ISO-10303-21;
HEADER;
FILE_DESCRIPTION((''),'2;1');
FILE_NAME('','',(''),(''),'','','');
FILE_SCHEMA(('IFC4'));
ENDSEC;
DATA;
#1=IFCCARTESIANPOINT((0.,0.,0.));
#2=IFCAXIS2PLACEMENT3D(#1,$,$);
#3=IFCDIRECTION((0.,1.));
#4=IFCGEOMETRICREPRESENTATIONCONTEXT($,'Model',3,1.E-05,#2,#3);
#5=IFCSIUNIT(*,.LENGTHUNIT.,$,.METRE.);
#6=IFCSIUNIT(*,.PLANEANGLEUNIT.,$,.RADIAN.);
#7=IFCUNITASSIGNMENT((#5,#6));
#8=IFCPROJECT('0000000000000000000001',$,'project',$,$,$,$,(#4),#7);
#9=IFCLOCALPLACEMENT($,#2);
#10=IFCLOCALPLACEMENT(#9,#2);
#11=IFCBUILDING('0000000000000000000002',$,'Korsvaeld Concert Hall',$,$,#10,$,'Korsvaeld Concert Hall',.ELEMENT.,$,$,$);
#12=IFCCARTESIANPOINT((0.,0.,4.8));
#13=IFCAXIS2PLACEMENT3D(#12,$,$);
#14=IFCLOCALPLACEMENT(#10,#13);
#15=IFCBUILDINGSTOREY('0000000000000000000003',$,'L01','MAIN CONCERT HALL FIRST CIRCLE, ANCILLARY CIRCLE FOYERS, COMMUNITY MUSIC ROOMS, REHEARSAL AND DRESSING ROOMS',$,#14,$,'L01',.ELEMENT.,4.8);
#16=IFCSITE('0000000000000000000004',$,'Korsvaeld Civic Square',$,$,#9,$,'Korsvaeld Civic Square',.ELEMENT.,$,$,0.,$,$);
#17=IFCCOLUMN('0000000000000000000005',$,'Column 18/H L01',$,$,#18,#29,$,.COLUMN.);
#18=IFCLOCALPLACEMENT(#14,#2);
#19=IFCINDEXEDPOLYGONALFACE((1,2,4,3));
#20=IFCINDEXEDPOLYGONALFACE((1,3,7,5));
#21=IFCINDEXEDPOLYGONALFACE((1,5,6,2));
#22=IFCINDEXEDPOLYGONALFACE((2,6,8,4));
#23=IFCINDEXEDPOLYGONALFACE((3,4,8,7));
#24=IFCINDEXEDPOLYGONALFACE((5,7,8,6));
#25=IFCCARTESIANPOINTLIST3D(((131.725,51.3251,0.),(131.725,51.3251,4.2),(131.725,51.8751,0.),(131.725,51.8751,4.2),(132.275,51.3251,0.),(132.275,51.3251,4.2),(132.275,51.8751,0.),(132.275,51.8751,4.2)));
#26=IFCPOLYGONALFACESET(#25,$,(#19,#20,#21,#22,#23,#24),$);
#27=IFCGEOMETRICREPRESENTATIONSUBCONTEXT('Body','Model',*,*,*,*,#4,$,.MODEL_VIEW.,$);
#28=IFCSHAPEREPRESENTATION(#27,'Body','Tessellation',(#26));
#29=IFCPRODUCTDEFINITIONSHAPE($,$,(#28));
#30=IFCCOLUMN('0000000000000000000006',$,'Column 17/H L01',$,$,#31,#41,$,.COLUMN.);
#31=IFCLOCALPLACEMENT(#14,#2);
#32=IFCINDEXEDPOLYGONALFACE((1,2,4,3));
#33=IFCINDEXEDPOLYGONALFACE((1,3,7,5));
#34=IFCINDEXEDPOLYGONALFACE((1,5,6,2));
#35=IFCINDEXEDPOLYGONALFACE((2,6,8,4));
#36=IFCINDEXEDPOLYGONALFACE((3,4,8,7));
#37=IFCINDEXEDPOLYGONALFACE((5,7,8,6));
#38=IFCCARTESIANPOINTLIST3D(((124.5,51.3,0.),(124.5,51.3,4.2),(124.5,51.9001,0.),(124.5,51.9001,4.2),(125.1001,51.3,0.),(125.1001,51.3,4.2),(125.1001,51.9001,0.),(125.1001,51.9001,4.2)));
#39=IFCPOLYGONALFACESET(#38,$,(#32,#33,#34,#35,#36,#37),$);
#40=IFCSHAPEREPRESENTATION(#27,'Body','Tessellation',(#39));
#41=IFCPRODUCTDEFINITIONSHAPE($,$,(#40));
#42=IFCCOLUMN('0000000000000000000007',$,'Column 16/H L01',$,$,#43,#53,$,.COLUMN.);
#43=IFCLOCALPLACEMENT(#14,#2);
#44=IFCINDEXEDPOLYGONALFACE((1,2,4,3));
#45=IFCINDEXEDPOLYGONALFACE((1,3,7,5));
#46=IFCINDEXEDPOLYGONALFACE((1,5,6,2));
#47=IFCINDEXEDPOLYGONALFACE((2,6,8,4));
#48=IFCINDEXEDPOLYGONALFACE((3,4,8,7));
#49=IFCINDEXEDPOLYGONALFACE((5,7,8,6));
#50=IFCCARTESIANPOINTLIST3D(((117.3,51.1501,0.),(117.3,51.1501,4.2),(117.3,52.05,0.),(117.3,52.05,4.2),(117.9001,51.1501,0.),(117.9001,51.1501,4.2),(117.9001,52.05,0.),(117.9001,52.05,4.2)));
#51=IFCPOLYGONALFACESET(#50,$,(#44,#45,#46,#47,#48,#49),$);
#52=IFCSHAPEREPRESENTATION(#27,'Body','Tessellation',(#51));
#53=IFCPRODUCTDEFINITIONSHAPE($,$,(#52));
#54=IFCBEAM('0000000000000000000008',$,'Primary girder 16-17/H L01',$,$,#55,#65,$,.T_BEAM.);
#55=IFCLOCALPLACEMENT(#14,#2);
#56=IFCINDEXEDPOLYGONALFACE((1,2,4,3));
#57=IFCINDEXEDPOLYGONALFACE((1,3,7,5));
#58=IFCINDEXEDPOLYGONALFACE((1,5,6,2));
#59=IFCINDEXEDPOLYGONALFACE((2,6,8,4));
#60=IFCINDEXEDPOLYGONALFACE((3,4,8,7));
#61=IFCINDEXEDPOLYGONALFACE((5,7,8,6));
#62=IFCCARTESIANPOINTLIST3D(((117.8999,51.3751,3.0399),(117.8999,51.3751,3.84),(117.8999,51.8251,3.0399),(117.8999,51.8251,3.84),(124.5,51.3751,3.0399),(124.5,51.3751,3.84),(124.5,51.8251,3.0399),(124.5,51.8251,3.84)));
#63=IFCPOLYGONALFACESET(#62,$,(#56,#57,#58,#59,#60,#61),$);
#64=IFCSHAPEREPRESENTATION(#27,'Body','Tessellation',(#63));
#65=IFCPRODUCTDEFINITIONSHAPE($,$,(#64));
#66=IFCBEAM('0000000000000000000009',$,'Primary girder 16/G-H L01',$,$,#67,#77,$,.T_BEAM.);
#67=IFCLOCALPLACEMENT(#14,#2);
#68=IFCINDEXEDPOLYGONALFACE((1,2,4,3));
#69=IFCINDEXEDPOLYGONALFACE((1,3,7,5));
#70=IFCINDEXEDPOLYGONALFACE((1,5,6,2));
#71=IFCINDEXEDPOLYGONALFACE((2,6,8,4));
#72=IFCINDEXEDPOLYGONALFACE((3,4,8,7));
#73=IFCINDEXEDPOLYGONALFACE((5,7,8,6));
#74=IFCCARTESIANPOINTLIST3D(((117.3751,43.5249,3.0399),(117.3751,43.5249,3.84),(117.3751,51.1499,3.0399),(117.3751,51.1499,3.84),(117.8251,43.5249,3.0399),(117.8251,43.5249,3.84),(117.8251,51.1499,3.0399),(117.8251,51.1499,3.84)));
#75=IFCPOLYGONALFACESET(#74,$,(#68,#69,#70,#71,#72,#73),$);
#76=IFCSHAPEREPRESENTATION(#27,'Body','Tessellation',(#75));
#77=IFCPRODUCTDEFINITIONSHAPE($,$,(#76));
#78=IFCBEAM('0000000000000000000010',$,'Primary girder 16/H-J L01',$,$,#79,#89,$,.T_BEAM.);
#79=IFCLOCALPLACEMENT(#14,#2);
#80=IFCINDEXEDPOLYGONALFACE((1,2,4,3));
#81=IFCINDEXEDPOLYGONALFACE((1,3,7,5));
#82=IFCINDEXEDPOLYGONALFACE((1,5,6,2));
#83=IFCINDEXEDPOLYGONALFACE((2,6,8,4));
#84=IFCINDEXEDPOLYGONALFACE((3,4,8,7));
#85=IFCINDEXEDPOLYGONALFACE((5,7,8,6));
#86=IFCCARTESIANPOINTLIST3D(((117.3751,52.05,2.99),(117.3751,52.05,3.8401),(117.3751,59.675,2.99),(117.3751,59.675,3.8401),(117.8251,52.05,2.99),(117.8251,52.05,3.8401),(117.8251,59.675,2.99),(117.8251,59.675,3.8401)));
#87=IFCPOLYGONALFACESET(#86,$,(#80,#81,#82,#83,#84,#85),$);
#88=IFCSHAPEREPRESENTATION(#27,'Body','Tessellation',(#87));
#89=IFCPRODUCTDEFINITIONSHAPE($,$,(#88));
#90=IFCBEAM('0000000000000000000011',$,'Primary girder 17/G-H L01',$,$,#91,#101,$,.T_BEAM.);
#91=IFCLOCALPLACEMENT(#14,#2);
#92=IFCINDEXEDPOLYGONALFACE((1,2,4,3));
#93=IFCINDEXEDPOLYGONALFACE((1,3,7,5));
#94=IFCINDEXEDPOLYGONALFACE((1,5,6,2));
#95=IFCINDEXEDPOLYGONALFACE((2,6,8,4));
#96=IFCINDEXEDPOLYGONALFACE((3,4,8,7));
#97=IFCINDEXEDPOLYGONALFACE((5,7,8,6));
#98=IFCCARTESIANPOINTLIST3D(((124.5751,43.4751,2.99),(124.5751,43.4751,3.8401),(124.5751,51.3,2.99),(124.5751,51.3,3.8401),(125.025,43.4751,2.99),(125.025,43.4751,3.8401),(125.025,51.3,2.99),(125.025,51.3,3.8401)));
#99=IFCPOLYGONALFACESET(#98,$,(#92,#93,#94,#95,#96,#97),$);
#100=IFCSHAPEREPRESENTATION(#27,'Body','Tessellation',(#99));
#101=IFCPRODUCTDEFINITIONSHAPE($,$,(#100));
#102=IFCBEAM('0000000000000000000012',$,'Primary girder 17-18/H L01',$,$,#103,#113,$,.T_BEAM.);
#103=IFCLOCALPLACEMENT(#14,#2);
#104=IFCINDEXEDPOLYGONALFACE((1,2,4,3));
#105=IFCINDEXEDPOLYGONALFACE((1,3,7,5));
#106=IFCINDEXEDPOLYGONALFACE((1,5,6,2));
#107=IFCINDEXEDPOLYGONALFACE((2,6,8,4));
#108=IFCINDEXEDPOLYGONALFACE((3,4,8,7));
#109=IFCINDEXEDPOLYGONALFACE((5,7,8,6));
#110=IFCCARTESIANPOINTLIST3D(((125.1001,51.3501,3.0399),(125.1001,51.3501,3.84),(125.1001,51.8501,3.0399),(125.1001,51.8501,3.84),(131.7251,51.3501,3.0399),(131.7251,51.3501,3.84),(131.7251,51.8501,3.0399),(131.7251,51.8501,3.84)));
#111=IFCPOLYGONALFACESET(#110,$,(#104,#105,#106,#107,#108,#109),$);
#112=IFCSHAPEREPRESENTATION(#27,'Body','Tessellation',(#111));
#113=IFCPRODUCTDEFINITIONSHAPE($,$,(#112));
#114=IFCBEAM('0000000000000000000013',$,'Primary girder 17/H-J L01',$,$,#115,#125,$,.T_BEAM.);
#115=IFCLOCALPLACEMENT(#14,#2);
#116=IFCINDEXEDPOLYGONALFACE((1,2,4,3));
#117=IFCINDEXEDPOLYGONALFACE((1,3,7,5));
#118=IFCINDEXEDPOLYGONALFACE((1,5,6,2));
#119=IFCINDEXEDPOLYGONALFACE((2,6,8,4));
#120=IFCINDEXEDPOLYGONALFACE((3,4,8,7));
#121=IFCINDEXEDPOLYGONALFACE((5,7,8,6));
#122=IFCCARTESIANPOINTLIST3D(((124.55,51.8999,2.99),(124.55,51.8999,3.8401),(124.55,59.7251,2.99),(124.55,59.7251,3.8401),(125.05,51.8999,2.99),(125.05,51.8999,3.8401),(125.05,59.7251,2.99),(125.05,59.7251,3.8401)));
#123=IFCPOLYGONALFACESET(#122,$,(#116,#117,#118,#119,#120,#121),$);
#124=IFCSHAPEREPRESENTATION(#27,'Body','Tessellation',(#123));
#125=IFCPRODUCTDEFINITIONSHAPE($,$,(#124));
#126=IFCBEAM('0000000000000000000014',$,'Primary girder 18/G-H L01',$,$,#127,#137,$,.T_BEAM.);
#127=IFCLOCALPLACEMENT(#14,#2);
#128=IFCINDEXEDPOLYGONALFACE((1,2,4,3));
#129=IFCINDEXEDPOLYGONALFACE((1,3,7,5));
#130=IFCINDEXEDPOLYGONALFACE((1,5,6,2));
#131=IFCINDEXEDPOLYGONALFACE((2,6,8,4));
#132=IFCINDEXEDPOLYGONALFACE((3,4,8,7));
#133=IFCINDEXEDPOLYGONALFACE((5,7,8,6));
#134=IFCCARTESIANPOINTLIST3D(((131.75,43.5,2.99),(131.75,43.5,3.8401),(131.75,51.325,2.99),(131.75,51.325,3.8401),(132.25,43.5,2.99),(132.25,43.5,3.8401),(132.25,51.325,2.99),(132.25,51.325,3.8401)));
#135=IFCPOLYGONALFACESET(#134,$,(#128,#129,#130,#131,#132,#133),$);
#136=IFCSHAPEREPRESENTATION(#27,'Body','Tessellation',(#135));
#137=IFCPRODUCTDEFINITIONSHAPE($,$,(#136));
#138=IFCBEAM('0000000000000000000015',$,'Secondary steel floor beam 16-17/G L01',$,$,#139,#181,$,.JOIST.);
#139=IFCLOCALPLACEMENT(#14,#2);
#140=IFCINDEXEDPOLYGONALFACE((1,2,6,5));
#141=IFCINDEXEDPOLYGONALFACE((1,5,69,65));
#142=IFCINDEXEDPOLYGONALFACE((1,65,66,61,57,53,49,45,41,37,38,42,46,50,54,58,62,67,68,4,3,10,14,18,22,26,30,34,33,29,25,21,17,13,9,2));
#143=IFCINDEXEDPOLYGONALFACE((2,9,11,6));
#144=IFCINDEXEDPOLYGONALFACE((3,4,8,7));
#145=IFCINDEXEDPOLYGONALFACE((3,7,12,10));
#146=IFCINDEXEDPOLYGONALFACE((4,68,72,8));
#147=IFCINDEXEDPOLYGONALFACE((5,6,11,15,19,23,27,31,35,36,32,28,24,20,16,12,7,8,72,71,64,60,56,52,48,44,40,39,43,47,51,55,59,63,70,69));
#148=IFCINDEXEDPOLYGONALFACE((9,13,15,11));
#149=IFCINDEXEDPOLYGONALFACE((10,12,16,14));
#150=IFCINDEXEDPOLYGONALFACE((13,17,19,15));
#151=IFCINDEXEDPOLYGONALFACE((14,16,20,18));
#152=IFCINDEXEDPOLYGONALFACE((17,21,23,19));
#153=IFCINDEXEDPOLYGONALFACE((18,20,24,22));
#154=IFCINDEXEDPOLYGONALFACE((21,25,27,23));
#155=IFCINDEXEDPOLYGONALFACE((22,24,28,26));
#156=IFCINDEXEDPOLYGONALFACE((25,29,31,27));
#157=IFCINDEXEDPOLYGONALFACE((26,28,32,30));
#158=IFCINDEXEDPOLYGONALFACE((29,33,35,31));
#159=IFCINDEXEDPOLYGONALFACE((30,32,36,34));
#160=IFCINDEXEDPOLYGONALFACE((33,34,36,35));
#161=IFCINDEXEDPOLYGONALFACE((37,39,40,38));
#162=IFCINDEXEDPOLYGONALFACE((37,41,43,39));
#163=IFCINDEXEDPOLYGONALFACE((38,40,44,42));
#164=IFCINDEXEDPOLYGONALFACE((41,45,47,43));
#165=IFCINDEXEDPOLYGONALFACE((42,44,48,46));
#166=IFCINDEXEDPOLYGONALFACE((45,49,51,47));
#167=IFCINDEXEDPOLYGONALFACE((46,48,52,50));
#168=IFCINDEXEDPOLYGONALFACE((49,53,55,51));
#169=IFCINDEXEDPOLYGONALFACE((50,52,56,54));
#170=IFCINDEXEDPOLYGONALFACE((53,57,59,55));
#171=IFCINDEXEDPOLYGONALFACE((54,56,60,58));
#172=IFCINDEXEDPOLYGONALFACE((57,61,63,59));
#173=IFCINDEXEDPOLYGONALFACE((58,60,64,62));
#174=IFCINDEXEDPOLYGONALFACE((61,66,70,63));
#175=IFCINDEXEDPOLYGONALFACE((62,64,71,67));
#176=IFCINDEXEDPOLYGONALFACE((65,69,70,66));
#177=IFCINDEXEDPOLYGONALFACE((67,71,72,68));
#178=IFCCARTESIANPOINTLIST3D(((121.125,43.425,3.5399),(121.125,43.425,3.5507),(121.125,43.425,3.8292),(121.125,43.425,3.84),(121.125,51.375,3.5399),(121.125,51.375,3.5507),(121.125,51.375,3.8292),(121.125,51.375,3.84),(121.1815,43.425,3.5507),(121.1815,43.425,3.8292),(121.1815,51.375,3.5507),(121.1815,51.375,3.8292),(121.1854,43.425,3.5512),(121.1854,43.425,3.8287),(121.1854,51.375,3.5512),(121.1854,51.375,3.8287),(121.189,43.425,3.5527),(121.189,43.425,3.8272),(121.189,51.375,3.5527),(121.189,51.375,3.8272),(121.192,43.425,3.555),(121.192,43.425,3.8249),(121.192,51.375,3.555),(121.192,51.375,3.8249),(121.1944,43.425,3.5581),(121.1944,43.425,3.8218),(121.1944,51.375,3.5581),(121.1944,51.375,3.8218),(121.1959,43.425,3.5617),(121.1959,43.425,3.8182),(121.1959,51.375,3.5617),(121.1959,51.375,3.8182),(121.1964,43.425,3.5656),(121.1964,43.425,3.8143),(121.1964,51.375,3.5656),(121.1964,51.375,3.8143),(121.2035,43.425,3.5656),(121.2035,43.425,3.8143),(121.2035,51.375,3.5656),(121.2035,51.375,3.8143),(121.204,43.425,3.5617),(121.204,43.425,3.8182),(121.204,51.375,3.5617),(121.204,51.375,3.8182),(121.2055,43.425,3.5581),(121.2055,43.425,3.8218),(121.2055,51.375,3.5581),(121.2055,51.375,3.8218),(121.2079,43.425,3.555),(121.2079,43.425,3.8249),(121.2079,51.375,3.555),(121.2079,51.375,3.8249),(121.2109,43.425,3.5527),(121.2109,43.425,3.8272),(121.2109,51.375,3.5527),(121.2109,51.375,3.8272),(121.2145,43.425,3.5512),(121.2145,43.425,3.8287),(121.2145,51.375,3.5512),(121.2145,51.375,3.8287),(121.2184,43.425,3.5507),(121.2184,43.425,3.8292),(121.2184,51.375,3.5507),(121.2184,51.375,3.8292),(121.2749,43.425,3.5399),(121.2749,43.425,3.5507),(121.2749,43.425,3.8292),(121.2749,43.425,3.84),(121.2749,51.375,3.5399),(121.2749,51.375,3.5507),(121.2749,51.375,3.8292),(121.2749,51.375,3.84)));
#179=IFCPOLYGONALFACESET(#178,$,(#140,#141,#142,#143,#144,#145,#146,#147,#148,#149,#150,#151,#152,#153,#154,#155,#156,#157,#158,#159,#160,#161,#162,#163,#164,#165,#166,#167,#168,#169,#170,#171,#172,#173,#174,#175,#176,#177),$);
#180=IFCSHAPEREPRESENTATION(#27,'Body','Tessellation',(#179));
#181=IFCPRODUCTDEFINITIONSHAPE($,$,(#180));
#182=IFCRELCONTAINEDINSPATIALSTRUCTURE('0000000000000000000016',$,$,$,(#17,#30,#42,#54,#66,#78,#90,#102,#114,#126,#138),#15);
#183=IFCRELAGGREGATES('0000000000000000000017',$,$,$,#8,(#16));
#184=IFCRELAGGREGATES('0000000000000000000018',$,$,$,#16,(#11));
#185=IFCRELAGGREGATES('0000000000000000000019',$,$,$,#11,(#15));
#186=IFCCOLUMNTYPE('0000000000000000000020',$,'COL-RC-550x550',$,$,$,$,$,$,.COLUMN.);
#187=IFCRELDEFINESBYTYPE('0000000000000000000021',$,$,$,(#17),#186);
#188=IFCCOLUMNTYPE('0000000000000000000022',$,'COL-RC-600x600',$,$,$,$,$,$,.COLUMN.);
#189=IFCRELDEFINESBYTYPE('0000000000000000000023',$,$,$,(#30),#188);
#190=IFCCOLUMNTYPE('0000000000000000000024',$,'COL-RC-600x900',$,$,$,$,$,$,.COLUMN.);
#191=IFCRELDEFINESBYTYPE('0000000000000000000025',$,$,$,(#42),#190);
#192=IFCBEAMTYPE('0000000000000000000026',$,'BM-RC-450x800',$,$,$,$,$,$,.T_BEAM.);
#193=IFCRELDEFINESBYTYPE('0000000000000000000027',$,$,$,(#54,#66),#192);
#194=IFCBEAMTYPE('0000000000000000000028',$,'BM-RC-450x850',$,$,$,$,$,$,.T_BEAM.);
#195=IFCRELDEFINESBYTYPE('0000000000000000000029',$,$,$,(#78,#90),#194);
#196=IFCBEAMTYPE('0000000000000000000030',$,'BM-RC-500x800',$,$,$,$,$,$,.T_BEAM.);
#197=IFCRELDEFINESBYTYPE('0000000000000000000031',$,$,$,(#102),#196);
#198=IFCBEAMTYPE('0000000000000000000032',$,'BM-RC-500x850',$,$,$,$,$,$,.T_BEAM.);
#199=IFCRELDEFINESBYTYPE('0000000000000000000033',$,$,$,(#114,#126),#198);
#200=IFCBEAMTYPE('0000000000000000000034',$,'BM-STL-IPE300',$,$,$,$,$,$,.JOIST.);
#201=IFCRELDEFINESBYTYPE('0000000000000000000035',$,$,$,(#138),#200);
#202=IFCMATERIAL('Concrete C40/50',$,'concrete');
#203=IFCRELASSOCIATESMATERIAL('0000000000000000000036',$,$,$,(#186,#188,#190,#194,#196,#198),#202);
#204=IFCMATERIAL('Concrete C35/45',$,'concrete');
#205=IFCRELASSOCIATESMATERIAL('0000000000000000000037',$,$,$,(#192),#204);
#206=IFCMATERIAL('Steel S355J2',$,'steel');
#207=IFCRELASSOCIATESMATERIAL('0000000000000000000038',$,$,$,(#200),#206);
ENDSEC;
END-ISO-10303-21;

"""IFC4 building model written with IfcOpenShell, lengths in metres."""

from ifc_helpers import new_model, si_unit, direction, frame, origin, origin_2d, place, context, subcontext, project, spatial, rectangle, i_section, extrude, material, material_profile, profile_set, type_object, element, save


model = new_model("IFC4")

# Units and contexts
model_context = context("Model", 3, precision=1e-05, world=origin(), true_north=direction((0.0, 1.0)))
body_context = subcontext(model_context, "Body", "Model", "MODEL_VIEW")
ifc_project = project(units=[si_unit("LENGTHUNIT", "METRE"), si_unit("PLANEANGLEUNIT", "RADIAN")], contexts=[model_context])

# Site, building, storey
site_placement = place(None, origin())
site = spatial("IfcSite", under=ifc_project, at=site_placement, Name="Korsvaeld Civic Square", LongName="Korsvaeld Civic Square", CompositionType="ELEMENT", RefElevation=0.0)
building_placement = place(site_placement, origin())
building = spatial("IfcBuilding", under=site, at=building_placement, Name="Korsvaeld Concert Hall", LongName="Korsvaeld Concert Hall", CompositionType="ELEMENT")
storey_placement = place(building_placement, frame((0.0, 0.0, 4.8)))
storey = spatial("IfcBuildingStorey", under=building, at=storey_placement, Name="L01", Description="MAIN CONCERT HALL FIRST CIRCLE, ANCILLARY CIRCLE FOYERS, COMMUNITY MUSIC ROOMS, REHEARSAL AND DRESSING ROOMS", LongName="L01", CompositionType="ELEMENT", Elevation=4.8)

# Columns
ifc_material_1 = material(Name="Concrete C40/50", Category="concrete")
ifc_material_profile_1 = material_profile(ifc_material_1, rectangle(XDim=0.55, YDim=0.55, at=origin_2d()), Name="RC 550x550")
ifc_profile_set_1 = profile_set([ifc_material_profile_1], Name="Concrete C40/50")
column_type_1 = type_object("IfcColumnType", Name="COL-RC-550x550", PredefinedType="COLUMN", material=ifc_profile_set_1)
column_1_placement = place(storey_placement, frame((132.0, 51.6001, 0.0), z_axis=(0.0, 0.0, 1.0), x_axis=(1.0, 0.0, 0.0)))
element("IfcColumn", 1, at=column_1_placement, inside=storey, type_object=column_type_1, Name="Column 18/H L01", PredefinedType="COLUMN", context=body_context, shape_type="SweptSolid", body=[
    extrude(rectangle(XDim=0.55, YDim=0.55, at=origin_2d()), origin(), (0.0, 0.0, 1.0), 4.2),
])
ifc_material_profile_2 = material_profile(ifc_material_1, rectangle(XDim=0.6001, YDim=0.6001, at=origin_2d()), Name="RC 600x600")
ifc_profile_set_2 = profile_set([ifc_material_profile_2], Name="Concrete C40/50")
column_type_2 = type_object("IfcColumnType", Name="COL-RC-600x600", PredefinedType="COLUMN", material=ifc_profile_set_2)
column_2_placement = place(storey_placement, frame((124.8, 51.6001, 0.0), z_axis=(0.0, 0.0, 1.0), x_axis=(1.0, 0.0, 0.0)))
element("IfcColumn", 2, at=column_2_placement, inside=storey, type_object=column_type_2, Name="Column 17/H L01", PredefinedType="COLUMN", context=body_context, shape_type="SweptSolid", body=[
    extrude(rectangle(XDim=0.6001, YDim=0.6001, at=origin_2d()), origin(), (0.0, 0.0, 1.0), 4.2),
])
ifc_material_profile_3 = material_profile(ifc_material_1, rectangle(XDim=0.6001, YDim=0.8999, at=origin_2d()), Name="RC 600x900")
ifc_profile_set_3 = profile_set([ifc_material_profile_3], Name="Concrete C40/50")
column_type_3 = type_object("IfcColumnType", Name="COL-RC-600x900", PredefinedType="COLUMN", material=ifc_profile_set_3)
column_3_placement = place(storey_placement, frame((117.6001, 51.6001, 0.0), z_axis=(0.0, 0.0, 1.0), x_axis=(1.0, 0.0, 0.0)))
element("IfcColumn", 3, at=column_3_placement, inside=storey, type_object=column_type_3, Name="Column 16/H L01", PredefinedType="COLUMN", context=body_context, shape_type="SweptSolid", body=[
    extrude(rectangle(XDim=0.6001, YDim=0.8999, at=origin_2d()), origin(), (0.0, 0.0, 1.0), 4.2),
])

# Beams
ifc_material_2 = material(Name="Concrete C35/45", Category="concrete")
ifc_material_profile_4 = material_profile(ifc_material_2, rectangle(XDim=0.45, YDim=0.8, at=origin_2d()), Name="RC 450x800")
ifc_profile_set_4 = profile_set([ifc_material_profile_4], Name="Concrete C35/45")
beam_type_1 = type_object("IfcBeamType", Name="BM-RC-450x800", PredefinedType="T_BEAM", material=ifc_profile_set_4)
beam_1_placement = place(storey_placement, frame((117.8999, 51.6001, 3.4399), z_axis=(1.0, 0.0, 0.0), x_axis=(0.0, 1.0, 0.0)))
element("IfcBeam", 4, at=beam_1_placement, inside=storey, type_object=beam_type_1, Name="Primary girder 16-17/H L01", PredefinedType="T_BEAM", context=body_context, shape_type="SweptSolid", body=[
    extrude(rectangle(XDim=0.45, YDim=0.8, at=origin_2d()), origin(), (0.0, 0.0, 1.0), 6.6001),
])
beam_2_placement = place(storey_placement, frame((117.6001, 43.5249, 3.4399), z_axis=(0.0, 1.0, 0.0), x_axis=(-1.0, 0.0, 0.0)))
element("IfcBeam", 5, at=beam_2_placement, inside=storey, type_object=beam_type_1, Name="Primary girder 16/G-H L01", PredefinedType="T_BEAM", context=body_context, shape_type="SweptSolid", body=[
    extrude(rectangle(XDim=0.45, YDim=0.8, at=origin_2d()), origin(), (0.0, 0.0, 1.0), 7.625),
])
ifc_material_profile_5 = material_profile(ifc_material_1, rectangle(XDim=0.45, YDim=0.8501, at=origin_2d()), Name="RC 450x850")
ifc_profile_set_5 = profile_set([ifc_material_profile_5], Name="Concrete C40/50")
beam_type_2 = type_object("IfcBeamType", Name="BM-RC-450x850", PredefinedType="T_BEAM", material=ifc_profile_set_5)
beam_3_placement = place(storey_placement, frame((117.6001, 52.05, 3.415), z_axis=(0.0, 1.0, 0.0), x_axis=(-1.0, 0.0, 0.0)))
element("IfcBeam", 6, at=beam_3_placement, inside=storey, type_object=beam_type_2, Name="Primary girder 16/H-J L01", PredefinedType="T_BEAM", context=body_context, shape_type="SweptSolid", body=[
    extrude(rectangle(XDim=0.45, YDim=0.8501, at=origin_2d()), origin(), (0.0, 0.0, 1.0), 7.625),
])
beam_4_placement = place(storey_placement, frame((124.8, 43.4751, 3.415), z_axis=(0.0, 1.0, 0.0), x_axis=(-1.0, 0.0, 0.0)))
element("IfcBeam", 7, at=beam_4_placement, inside=storey, type_object=beam_type_2, Name="Primary girder 17/G-H L01", PredefinedType="T_BEAM", context=body_context, shape_type="SweptSolid", body=[
    extrude(rectangle(XDim=0.45, YDim=0.8501, at=origin_2d()), origin(), (0.0, 0.0, 1.0), 7.825),
])
ifc_material_profile_6 = material_profile(ifc_material_1, rectangle(XDim=0.5, YDim=0.8, at=origin_2d()), Name="RC 500x800")
ifc_profile_set_6 = profile_set([ifc_material_profile_6], Name="Concrete C40/50")
beam_type_3 = type_object("IfcBeamType", Name="BM-RC-500x800", PredefinedType="T_BEAM", material=ifc_profile_set_6)
beam_5_placement = place(storey_placement, frame((125.1001, 51.6001, 3.4399), z_axis=(1.0, 0.0, 0.0), x_axis=(0.0, 1.0, 0.0)))
element("IfcBeam", 8, at=beam_5_placement, inside=storey, type_object=beam_type_3, Name="Primary girder 17-18/H L01", PredefinedType="T_BEAM", context=body_context, shape_type="SweptSolid", body=[
    extrude(rectangle(XDim=0.5, YDim=0.8, at=origin_2d()), origin(), (0.0, 0.0, 1.0), 6.625),
])
ifc_material_profile_7 = material_profile(ifc_material_1, rectangle(XDim=0.5, YDim=0.8501, at=origin_2d()), Name="RC 500x850")
ifc_profile_set_7 = profile_set([ifc_material_profile_7], Name="Concrete C40/50")
beam_type_4 = type_object("IfcBeamType", Name="BM-RC-500x850", PredefinedType="T_BEAM", material=ifc_profile_set_7)
beam_6_placement = place(storey_placement, frame((124.8, 51.8999, 3.415), z_axis=(0.0, 1.0, 0.0), x_axis=(-1.0, 0.0, 0.0)))
element("IfcBeam", 9, at=beam_6_placement, inside=storey, type_object=beam_type_4, Name="Primary girder 17/H-J L01", PredefinedType="T_BEAM", context=body_context, shape_type="SweptSolid", body=[
    extrude(rectangle(XDim=0.5, YDim=0.8501, at=origin_2d()), origin(), (0.0, 0.0, 1.0), 7.8252),
])
beam_7_placement = place(storey_placement, frame((132.0, 43.5, 3.415), z_axis=(0.0, 1.0, 0.0), x_axis=(-1.0, 0.0, 0.0)))
element("IfcBeam", 10, at=beam_7_placement, inside=storey, type_object=beam_type_4, Name="Primary girder 18/G-H L01", PredefinedType="T_BEAM", context=body_context, shape_type="SweptSolid", body=[
    extrude(rectangle(XDim=0.5, YDim=0.8501, at=origin_2d()), origin(), (0.0, 0.0, 1.0), 7.825),
])
ifc_material_3 = material(Name="Steel S355J2", Category="steel")
ifc_material_profile_8 = material_profile(ifc_material_3, i_section(OverallWidth=0.1499, OverallDepth=0.3, WebThickness=0.0071, FlangeThickness=0.0107, FilletRadius=0.0149, at=origin_2d()), Name="IPE 300")
ifc_profile_set_8 = profile_set([ifc_material_profile_8], Name="Steel S355J2")
beam_type_5 = type_object("IfcBeamType", Name="BM-STL-IPE300", PredefinedType="JOIST", material=ifc_profile_set_8)
beam_8_placement = place(storey_placement, frame((121.2, 43.425, 3.6899), z_axis=(0.0, 1.0, 0.0), x_axis=(-1.0, 0.0, 0.0)))
element("IfcBeam", 11, at=beam_8_placement, inside=storey, type_object=beam_type_5, Name="Secondary steel floor beam 16-17/G L01", PredefinedType="JOIST", context=body_context, shape_type="SweptSolid", body=[
    extrude(i_section(OverallWidth=0.1499, OverallDepth=0.3, WebThickness=0.0071, FlangeThickness=0.0107, FilletRadius=0.0149, at=origin_2d()), origin(), (0.0, 0.0, 1.0), 7.95),
])

save(model, "model.ifc")
